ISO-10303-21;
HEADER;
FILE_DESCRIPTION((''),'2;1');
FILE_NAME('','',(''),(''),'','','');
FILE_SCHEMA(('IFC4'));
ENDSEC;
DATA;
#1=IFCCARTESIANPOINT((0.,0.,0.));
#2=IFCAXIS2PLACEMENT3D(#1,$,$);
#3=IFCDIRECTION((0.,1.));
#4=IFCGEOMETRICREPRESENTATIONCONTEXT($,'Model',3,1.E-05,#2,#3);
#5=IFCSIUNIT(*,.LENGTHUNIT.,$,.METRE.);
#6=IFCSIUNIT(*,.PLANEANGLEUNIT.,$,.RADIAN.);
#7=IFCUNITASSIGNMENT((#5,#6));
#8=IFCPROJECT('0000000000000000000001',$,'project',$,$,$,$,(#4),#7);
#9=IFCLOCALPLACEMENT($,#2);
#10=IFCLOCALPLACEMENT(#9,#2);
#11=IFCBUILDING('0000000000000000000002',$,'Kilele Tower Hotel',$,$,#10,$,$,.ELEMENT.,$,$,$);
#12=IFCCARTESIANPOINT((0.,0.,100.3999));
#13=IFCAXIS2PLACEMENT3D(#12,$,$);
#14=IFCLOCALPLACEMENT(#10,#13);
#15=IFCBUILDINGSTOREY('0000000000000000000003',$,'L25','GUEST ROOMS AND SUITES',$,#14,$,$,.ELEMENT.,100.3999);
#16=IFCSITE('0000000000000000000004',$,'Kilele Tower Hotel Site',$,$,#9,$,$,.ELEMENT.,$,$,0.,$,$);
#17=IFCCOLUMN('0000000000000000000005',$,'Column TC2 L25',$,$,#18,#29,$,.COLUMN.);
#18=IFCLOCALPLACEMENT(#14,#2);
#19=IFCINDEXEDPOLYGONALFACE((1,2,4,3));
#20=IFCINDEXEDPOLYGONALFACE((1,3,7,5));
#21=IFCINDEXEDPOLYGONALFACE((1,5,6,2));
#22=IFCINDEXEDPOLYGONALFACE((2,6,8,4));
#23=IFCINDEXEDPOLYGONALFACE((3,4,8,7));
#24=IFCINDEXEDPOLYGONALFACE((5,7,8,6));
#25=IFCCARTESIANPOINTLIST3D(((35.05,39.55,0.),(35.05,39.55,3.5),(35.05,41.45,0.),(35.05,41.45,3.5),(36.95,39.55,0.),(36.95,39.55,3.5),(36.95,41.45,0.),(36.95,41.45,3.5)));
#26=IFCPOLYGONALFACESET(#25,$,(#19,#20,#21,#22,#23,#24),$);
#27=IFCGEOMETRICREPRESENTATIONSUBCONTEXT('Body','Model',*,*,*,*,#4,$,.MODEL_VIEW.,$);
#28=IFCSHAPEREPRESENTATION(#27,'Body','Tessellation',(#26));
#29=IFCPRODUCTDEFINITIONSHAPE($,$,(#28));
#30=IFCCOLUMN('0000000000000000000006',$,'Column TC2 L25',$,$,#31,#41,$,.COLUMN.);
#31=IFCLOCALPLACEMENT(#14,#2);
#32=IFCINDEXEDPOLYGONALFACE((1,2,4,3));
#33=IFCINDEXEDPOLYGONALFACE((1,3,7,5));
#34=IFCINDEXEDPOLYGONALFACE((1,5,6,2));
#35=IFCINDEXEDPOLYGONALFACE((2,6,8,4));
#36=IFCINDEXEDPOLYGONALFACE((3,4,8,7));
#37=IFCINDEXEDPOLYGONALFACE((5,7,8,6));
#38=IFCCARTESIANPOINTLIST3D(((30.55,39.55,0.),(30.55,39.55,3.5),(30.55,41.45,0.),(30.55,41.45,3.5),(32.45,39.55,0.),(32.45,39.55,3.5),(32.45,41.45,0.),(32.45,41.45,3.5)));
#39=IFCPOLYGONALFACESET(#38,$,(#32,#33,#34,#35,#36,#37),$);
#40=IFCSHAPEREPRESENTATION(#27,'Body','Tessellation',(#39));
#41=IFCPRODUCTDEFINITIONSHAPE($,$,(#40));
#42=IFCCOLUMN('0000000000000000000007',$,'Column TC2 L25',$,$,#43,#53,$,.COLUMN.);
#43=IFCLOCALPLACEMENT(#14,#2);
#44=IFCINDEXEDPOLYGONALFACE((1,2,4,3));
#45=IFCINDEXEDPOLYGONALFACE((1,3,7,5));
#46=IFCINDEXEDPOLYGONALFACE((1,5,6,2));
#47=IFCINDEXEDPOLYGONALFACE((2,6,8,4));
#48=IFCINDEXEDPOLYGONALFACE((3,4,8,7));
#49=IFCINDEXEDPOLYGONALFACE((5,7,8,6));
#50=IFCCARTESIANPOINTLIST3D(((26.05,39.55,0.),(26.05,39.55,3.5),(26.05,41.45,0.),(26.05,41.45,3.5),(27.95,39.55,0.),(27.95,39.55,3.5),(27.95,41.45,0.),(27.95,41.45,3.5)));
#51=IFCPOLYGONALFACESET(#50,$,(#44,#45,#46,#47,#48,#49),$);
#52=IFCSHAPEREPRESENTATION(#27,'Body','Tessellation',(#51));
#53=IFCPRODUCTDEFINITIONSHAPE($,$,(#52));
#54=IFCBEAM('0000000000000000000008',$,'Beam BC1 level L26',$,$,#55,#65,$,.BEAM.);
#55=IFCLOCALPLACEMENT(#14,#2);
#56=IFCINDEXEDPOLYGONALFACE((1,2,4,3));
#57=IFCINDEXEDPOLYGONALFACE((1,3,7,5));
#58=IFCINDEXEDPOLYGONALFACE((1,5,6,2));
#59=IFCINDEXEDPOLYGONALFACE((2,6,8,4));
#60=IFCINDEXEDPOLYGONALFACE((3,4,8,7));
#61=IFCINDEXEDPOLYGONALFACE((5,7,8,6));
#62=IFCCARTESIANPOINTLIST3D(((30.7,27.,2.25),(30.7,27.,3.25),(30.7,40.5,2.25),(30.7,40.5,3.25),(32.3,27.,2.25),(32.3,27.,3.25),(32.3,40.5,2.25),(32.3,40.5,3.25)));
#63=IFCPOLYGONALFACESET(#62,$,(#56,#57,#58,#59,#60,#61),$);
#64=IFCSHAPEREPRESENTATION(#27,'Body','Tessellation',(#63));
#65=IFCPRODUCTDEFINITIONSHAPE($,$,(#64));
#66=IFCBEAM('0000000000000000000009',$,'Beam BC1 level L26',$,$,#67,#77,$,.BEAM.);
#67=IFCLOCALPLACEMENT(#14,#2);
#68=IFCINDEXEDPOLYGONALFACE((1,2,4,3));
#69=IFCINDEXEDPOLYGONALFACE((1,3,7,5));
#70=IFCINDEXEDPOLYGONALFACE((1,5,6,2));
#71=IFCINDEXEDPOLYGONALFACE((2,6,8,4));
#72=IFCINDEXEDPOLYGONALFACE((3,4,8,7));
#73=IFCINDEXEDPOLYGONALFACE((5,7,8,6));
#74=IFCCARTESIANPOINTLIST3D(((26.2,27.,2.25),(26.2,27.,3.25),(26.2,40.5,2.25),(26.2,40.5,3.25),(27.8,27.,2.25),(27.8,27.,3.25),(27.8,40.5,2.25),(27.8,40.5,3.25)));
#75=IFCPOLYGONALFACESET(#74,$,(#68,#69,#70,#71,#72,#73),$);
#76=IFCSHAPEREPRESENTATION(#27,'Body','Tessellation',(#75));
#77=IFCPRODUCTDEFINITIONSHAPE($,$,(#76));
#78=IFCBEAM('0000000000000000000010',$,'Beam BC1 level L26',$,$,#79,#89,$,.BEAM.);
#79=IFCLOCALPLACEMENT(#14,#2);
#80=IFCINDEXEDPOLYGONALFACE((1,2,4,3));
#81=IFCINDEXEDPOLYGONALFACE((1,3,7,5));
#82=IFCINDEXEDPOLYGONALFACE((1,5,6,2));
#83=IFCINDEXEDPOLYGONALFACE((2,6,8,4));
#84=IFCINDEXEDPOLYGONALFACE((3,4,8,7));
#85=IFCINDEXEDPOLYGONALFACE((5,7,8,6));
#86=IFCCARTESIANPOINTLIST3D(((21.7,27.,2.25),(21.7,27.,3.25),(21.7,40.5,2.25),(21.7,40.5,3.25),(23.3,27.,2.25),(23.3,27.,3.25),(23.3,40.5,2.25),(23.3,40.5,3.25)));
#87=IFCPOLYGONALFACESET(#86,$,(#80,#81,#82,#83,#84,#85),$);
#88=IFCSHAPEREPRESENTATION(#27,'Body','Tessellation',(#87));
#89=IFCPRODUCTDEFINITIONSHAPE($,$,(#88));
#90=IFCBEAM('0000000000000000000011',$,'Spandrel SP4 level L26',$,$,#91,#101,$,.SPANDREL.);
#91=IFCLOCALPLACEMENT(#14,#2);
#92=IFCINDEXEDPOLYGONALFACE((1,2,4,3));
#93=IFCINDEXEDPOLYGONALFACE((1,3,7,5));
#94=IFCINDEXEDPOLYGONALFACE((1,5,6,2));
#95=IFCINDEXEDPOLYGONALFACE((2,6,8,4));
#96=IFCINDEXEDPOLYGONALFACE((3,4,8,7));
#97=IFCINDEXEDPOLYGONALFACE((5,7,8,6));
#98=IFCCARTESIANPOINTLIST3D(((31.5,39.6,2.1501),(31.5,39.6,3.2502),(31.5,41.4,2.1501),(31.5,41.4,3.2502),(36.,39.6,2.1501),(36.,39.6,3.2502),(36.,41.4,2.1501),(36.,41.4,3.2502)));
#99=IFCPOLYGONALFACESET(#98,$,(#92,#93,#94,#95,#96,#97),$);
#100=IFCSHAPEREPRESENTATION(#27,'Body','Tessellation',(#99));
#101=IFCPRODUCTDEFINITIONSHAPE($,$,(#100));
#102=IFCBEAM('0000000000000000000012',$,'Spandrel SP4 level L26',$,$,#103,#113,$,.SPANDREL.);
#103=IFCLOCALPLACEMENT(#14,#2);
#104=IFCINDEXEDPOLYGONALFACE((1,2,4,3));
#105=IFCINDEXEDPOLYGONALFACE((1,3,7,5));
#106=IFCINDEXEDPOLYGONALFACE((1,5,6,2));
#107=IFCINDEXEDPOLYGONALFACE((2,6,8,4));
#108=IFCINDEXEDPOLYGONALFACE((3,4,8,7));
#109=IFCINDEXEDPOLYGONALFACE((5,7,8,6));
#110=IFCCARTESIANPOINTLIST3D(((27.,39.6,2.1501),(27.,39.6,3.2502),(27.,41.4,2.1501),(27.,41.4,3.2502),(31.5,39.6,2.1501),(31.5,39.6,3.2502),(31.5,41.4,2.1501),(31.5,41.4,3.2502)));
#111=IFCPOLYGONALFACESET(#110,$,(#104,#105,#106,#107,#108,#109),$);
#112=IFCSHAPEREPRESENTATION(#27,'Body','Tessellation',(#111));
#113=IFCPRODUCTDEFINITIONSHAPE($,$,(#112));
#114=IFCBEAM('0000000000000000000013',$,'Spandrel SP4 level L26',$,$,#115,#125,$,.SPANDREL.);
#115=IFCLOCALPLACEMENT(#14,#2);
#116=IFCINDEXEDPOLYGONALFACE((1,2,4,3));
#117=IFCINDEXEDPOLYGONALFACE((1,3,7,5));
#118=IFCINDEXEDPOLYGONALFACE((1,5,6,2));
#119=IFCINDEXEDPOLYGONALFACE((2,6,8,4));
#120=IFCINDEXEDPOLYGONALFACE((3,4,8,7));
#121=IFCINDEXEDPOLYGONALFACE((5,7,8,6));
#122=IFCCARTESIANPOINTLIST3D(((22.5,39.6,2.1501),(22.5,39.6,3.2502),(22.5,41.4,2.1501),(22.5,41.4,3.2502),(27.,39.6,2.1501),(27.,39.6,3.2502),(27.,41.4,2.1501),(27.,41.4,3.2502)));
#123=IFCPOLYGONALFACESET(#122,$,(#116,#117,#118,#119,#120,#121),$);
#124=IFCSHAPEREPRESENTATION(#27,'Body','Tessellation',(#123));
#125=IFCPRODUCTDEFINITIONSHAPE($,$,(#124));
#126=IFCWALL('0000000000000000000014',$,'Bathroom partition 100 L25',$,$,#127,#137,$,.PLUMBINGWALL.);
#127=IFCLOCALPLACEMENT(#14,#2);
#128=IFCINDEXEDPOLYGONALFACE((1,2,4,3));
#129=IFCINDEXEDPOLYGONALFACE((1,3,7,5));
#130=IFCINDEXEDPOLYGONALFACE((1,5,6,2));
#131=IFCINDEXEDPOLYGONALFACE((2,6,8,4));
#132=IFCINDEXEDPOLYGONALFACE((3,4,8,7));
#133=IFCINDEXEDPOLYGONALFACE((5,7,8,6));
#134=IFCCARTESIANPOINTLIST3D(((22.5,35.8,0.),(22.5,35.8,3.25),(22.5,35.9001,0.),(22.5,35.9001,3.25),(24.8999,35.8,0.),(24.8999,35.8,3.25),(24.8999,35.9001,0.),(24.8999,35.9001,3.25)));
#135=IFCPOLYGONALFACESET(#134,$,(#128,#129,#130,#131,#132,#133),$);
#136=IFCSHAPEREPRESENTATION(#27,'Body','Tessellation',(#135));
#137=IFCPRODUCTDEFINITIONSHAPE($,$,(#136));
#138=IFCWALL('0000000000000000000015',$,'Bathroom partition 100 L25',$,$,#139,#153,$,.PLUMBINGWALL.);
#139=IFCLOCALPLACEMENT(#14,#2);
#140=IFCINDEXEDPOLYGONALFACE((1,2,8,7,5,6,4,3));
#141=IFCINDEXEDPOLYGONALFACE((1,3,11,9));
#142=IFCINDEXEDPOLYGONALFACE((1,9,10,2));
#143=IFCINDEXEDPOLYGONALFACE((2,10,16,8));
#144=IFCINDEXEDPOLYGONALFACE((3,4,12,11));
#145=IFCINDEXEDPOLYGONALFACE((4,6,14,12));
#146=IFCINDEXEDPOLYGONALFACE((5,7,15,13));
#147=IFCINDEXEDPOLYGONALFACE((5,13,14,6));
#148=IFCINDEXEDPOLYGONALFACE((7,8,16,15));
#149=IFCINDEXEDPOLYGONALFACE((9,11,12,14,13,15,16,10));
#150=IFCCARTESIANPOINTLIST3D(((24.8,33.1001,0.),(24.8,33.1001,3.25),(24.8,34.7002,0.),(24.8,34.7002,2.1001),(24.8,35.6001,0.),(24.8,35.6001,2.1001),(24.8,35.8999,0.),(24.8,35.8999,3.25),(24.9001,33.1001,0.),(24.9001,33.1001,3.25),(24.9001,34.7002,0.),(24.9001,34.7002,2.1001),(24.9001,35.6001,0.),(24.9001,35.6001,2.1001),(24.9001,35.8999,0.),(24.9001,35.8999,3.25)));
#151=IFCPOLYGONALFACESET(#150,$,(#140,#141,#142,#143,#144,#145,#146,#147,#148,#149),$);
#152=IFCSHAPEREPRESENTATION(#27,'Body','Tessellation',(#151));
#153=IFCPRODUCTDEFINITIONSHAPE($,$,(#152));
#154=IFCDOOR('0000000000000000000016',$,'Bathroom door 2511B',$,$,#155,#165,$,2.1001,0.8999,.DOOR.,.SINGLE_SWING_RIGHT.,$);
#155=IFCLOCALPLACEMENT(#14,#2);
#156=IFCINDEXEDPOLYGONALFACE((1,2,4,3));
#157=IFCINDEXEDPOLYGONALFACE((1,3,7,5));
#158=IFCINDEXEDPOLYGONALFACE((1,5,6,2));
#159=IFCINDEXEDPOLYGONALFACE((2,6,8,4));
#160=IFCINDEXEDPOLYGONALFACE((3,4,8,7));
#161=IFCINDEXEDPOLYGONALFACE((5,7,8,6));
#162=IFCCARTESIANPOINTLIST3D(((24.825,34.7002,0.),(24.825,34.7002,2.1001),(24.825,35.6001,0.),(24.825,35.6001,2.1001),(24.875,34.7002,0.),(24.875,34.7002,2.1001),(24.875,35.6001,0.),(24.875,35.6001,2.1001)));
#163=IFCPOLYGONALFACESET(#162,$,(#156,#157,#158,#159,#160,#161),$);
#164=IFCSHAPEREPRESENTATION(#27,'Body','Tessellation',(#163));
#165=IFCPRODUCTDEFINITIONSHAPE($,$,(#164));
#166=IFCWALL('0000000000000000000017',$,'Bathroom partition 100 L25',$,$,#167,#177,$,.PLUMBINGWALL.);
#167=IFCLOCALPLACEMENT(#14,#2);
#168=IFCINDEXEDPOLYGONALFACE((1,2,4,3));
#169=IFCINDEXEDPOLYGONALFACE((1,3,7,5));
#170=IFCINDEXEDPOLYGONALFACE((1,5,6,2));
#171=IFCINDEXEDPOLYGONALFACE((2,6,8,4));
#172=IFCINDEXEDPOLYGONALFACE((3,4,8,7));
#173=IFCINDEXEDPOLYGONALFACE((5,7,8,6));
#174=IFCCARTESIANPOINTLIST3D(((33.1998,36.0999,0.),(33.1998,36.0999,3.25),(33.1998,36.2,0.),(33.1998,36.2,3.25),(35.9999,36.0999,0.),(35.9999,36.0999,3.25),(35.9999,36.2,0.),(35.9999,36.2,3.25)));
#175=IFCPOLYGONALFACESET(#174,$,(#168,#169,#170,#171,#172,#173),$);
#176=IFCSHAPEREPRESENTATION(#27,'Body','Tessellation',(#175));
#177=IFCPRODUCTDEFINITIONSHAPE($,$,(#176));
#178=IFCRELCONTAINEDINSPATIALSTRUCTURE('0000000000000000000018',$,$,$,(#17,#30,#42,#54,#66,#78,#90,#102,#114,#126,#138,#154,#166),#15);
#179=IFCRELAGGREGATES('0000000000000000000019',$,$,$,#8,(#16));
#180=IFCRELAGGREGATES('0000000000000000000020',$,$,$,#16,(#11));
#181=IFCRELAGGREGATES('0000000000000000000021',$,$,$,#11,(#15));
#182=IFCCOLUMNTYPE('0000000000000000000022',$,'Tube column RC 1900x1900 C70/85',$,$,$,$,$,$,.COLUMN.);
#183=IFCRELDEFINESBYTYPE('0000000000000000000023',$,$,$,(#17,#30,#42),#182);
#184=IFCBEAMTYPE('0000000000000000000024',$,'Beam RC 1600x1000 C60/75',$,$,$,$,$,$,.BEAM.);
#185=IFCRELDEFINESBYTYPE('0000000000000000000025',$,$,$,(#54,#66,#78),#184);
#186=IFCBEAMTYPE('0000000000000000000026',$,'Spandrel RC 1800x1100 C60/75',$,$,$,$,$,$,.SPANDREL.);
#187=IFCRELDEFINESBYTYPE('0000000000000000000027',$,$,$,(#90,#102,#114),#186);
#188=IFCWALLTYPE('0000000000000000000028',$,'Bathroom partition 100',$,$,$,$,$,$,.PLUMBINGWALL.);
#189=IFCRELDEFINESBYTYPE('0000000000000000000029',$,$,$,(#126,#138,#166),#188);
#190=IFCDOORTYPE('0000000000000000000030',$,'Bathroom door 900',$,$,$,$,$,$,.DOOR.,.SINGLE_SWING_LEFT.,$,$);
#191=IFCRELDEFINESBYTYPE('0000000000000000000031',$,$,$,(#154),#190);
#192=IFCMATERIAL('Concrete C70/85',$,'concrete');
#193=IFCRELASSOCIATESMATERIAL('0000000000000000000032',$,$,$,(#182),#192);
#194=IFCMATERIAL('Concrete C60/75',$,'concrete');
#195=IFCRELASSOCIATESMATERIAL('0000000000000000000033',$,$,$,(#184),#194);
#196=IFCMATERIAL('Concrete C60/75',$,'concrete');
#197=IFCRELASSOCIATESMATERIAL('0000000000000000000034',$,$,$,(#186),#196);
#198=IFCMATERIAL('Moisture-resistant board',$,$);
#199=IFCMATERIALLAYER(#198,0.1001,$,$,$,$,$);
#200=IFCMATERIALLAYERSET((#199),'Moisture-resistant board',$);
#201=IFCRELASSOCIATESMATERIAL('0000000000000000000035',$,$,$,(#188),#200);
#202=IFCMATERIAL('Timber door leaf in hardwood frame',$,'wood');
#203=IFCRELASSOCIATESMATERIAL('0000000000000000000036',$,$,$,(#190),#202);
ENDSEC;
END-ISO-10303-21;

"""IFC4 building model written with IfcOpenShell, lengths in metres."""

from ifc_helpers import new_model, si_unit, direction, frame, frame_2d, origin, origin_2d, place, context, subcontext, project, spatial, rectangle, extrude, material, layer, layer_set, material_profile, profile_set, type_object, element, fill, save


model = new_model("IFC4")

# Units and contexts
model_context = context("Model", 3, precision=1e-05, world=origin(), true_north=direction((0.0, 1.0)))
body_context = subcontext(model_context, "Body", "Model", "MODEL_VIEW")
ifc_project = project(units=[si_unit("LENGTHUNIT", "METRE"), si_unit("PLANEANGLEUNIT", "RADIAN")], contexts=[model_context])

# Site, building, storey
site_placement = place(None, origin())
site = spatial("IfcSite", under=ifc_project, at=site_placement, Name="Kilele Tower Hotel Site", CompositionType="ELEMENT", RefElevation=0.0)
building_placement = place(site_placement, origin())
building = spatial("IfcBuilding", under=site, at=building_placement, Name="Kilele Tower Hotel", CompositionType="ELEMENT")
storey_placement = place(building_placement, frame((0.0, 0.0, 100.3999)))
storey = spatial("IfcBuildingStorey", under=building, at=storey_placement, Name="L25", Description="GUEST ROOMS AND SUITES", CompositionType="ELEMENT", Elevation=100.3999)

# Columns
ifc_material_1 = material(Name="Concrete C70/85", Category="concrete")
ifc_material_profile_1 = material_profile(ifc_material_1, rectangle(XDim=1.8999, YDim=1.8999, at=origin_2d()))
ifc_profile_set_1 = profile_set([ifc_material_profile_1], Name="Concrete C70/85")
column_type = type_object("IfcColumnType", Name="Tube column RC 1900x1900 C70/85", PredefinedType="COLUMN", material=ifc_profile_set_1)
for number, where, z_axis, x_axis, name in (
    (1, (36.0, 40.5, 0.0), (0.0, 0.0, 1.0), (1.0, 0.0, 0.0), "Column TC2 L25"),
    (2, (31.5, 40.5, 0.0), (0.0, 0.0, 1.0), (1.0, 0.0, 0.0), "Column TC2 L25"),
    (3, (27.0, 40.5, 0.0), (0.0, 0.0, 1.0), (1.0, 0.0, 0.0), "Column TC2 L25"),
):
    element("IfcColumn", number, at=place(storey_placement, frame(where, z_axis=z_axis, x_axis=x_axis)), inside=storey, type_object=column_type, Name=name, PredefinedType="COLUMN", context=body_context, shape_type="SweptSolid", body=[
        extrude(rectangle(XDim=1.8999, YDim=1.8999, at=origin_2d()), origin(), (0.0, 0.0, 1.0), 3.5),
    ])

# Beams
ifc_material_2 = material(Name="Concrete C60/75", Category="concrete")
ifc_material_profile_2 = material_profile(ifc_material_2, rectangle(XDim=1.6001, YDim=1.0, at=origin_2d()))
ifc_profile_set_2 = profile_set([ifc_material_profile_2], Name="Concrete C60/75")
beam_type_1 = type_object("IfcBeamType", Name="Beam RC 1600x1000 C60/75", PredefinedType="BEAM", material=ifc_profile_set_2)
for number, where, z_axis, x_axis, name in (
    (4, (31.5, 40.5, 2.75), (0.0, -1.0, 0.0), (1.0, 0.0, 0.0), "Beam BC1 level L26"),
    (5, (27.0, 40.5, 2.75), (0.0, -1.0, 0.0), (1.0, 0.0, 0.0), "Beam BC1 level L26"),
    (6, (22.5, 40.5, 2.75), (0.0, -1.0, 0.0), (1.0, 0.0, 0.0), "Beam BC1 level L26"),
):
    element("IfcBeam", number, at=place(storey_placement, frame(where, z_axis=z_axis, x_axis=x_axis)), inside=storey, type_object=beam_type_1, Name=name, PredefinedType="BEAM", context=body_context, shape_type="SweptSolid", body=[
        extrude(rectangle(XDim=1.6001, YDim=1.0, at=origin_2d()), origin(), (0.0, 0.0, 1.0), 13.5),
    ])
ifc_material_3 = material(Name="Concrete C60/75", Category="concrete")
ifc_material_profile_3 = material_profile(ifc_material_3, rectangle(XDim=1.8, YDim=1.1001, at=origin_2d()))
ifc_profile_set_3 = profile_set([ifc_material_profile_3], Name="Concrete C60/75")
beam_type_2 = type_object("IfcBeamType", Name="Spandrel RC 1800x1100 C60/75", PredefinedType="SPANDREL", material=ifc_profile_set_3)
for number, where, z_axis, x_axis, name in (
    (7, (36.0, 40.5, 2.7002), (-1.0, 0.0, 0.0), (0.0, -1.0, 0.0), "Spandrel SP4 level L26"),
    (8, (31.5, 40.5, 2.7002), (-1.0, 0.0, 0.0), (0.0, -1.0, 0.0), "Spandrel SP4 level L26"),
    (9, (27.0, 40.5, 2.7002), (-1.0, 0.0, 0.0), (0.0, -1.0, 0.0), "Spandrel SP4 level L26"),
):
    element("IfcBeam", number, at=place(storey_placement, frame(where, z_axis=z_axis, x_axis=x_axis)), inside=storey, type_object=beam_type_2, Name=name, PredefinedType="SPANDREL", context=body_context, shape_type="SweptSolid", body=[
        extrude(rectangle(XDim=1.8, YDim=1.1001, at=origin_2d()), origin(), (0.0, 0.0, 1.0), 4.5),
    ])

# Wall
ifc_material_4 = material(Name="Moisture-resistant board")
ifc_layer_1 = layer(ifc_material_4, 0.1001)
ifc_layer_set_1 = layer_set([ifc_layer_1], Name="Moisture-resistant board")
wall_type_1 = type_object("IfcWallType", Name="Bathroom partition 100", PredefinedType="PLUMBINGWALL", material=ifc_layer_set_1)
wall_1_placement = place(storey_placement, frame((22.5, 35.8501, 0.0), z_axis=(0.0, 0.0, 1.0), x_axis=(1.0, 0.0, 0.0)))
element("IfcWall", 10, at=wall_1_placement, inside=storey, type_object=wall_type_1, Name="Bathroom partition 100 L25", PredefinedType="PLUMBINGWALL", context=body_context, shape_type="SweptSolid", body=[
    extrude(rectangle(XDim=2.3999, YDim=0.1001, at=frame_2d((1.2, 0.0))), origin(), (0.0, 0.0, 1.0), 3.25),
])

# Wall, opening, door
wall_2_placement = place(storey_placement, frame((24.8501, 33.1001, 0.0), z_axis=(0.0, 0.0, 1.0), x_axis=(0.0, 1.0, 0.0)))
wall_2 = element("IfcWall", 11, at=wall_2_placement, inside=storey, type_object=wall_type_1, Name="Bathroom partition 100 L25", PredefinedType="PLUMBINGWALL", context=body_context, shape_type="SweptSolid", body=[
    extrude(rectangle(XDim=2.7998, YDim=0.1001, at=frame_2d((1.3999, 0.0))), origin(), (0.0, 0.0, 1.0), 3.25),
])
opening_1_placement = place(wall_2_placement, frame((2.5, 0.0, 0.0), z_axis=(0.0, 0.0, 1.0), x_axis=(-1.0, 0.0, 0.0)))
opening_1 = element("IfcOpeningElement", 12, at=opening_1_placement, cuts=wall_2, PredefinedType="OPENING", context=body_context, shape_type="SweptSolid", body=[
    extrude(rectangle(XDim=0.8999, YDim=2.1001, at=frame_2d((0.45, 1.05))), frame((0.0, 0.0601, 0.0), z_axis=(0.0, -1.0, 0.0), x_axis=(1.0, 0.0, 0.0)), (0.0, 0.0, 1.0), 0.1201),
])
ifc_material_5 = material(Name="Timber door leaf in hardwood frame", Category="wood")
door_type_1 = type_object("IfcDoorType", Name="Bathroom door 900", OperationType="SINGLE_SWING_LEFT", PredefinedType="DOOR", material=ifc_material_5)
door_1_placement = place(opening_1_placement, origin())
door_1 = element("IfcDoor", 13, at=door_1_placement, inside=storey, type_object=door_type_1, Name="Bathroom door 2511B", OperationType="SINGLE_SWING_RIGHT", OverallHeight=2.1001, OverallWidth=0.8999, PredefinedType="DOOR", context=body_context, shape_type="SweptSolid", body=[
    extrude(rectangle(XDim=0.8999, YDim=2.1001, at=frame_2d((0.45, 1.05))), frame((0.0, 0.0249, 0.0), z_axis=(0.0, -1.0, 0.0), x_axis=(1.0, 0.0, 0.0)), (0.0, 0.0, 1.0), 0.05),
])
fill(opening_1, door_1)

# Wall
wall_3_placement = place(storey_placement, frame((33.2, 36.1499, 0.0), z_axis=(0.0, 0.0, 1.0), x_axis=(1.0, 0.0, 0.0)))
element("IfcWall", 14, at=wall_3_placement, inside=storey, type_object=wall_type_1, Name="Bathroom partition 100 L25", PredefinedType="PLUMBINGWALL", context=body_context, shape_type="SweptSolid", body=[
    extrude(rectangle(XDim=2.8, YDim=0.1001, at=frame_2d((1.3999, 0.0))), origin(), (0.0, 0.0, 1.0), 3.25),
])

save(model, "model.ifc")
